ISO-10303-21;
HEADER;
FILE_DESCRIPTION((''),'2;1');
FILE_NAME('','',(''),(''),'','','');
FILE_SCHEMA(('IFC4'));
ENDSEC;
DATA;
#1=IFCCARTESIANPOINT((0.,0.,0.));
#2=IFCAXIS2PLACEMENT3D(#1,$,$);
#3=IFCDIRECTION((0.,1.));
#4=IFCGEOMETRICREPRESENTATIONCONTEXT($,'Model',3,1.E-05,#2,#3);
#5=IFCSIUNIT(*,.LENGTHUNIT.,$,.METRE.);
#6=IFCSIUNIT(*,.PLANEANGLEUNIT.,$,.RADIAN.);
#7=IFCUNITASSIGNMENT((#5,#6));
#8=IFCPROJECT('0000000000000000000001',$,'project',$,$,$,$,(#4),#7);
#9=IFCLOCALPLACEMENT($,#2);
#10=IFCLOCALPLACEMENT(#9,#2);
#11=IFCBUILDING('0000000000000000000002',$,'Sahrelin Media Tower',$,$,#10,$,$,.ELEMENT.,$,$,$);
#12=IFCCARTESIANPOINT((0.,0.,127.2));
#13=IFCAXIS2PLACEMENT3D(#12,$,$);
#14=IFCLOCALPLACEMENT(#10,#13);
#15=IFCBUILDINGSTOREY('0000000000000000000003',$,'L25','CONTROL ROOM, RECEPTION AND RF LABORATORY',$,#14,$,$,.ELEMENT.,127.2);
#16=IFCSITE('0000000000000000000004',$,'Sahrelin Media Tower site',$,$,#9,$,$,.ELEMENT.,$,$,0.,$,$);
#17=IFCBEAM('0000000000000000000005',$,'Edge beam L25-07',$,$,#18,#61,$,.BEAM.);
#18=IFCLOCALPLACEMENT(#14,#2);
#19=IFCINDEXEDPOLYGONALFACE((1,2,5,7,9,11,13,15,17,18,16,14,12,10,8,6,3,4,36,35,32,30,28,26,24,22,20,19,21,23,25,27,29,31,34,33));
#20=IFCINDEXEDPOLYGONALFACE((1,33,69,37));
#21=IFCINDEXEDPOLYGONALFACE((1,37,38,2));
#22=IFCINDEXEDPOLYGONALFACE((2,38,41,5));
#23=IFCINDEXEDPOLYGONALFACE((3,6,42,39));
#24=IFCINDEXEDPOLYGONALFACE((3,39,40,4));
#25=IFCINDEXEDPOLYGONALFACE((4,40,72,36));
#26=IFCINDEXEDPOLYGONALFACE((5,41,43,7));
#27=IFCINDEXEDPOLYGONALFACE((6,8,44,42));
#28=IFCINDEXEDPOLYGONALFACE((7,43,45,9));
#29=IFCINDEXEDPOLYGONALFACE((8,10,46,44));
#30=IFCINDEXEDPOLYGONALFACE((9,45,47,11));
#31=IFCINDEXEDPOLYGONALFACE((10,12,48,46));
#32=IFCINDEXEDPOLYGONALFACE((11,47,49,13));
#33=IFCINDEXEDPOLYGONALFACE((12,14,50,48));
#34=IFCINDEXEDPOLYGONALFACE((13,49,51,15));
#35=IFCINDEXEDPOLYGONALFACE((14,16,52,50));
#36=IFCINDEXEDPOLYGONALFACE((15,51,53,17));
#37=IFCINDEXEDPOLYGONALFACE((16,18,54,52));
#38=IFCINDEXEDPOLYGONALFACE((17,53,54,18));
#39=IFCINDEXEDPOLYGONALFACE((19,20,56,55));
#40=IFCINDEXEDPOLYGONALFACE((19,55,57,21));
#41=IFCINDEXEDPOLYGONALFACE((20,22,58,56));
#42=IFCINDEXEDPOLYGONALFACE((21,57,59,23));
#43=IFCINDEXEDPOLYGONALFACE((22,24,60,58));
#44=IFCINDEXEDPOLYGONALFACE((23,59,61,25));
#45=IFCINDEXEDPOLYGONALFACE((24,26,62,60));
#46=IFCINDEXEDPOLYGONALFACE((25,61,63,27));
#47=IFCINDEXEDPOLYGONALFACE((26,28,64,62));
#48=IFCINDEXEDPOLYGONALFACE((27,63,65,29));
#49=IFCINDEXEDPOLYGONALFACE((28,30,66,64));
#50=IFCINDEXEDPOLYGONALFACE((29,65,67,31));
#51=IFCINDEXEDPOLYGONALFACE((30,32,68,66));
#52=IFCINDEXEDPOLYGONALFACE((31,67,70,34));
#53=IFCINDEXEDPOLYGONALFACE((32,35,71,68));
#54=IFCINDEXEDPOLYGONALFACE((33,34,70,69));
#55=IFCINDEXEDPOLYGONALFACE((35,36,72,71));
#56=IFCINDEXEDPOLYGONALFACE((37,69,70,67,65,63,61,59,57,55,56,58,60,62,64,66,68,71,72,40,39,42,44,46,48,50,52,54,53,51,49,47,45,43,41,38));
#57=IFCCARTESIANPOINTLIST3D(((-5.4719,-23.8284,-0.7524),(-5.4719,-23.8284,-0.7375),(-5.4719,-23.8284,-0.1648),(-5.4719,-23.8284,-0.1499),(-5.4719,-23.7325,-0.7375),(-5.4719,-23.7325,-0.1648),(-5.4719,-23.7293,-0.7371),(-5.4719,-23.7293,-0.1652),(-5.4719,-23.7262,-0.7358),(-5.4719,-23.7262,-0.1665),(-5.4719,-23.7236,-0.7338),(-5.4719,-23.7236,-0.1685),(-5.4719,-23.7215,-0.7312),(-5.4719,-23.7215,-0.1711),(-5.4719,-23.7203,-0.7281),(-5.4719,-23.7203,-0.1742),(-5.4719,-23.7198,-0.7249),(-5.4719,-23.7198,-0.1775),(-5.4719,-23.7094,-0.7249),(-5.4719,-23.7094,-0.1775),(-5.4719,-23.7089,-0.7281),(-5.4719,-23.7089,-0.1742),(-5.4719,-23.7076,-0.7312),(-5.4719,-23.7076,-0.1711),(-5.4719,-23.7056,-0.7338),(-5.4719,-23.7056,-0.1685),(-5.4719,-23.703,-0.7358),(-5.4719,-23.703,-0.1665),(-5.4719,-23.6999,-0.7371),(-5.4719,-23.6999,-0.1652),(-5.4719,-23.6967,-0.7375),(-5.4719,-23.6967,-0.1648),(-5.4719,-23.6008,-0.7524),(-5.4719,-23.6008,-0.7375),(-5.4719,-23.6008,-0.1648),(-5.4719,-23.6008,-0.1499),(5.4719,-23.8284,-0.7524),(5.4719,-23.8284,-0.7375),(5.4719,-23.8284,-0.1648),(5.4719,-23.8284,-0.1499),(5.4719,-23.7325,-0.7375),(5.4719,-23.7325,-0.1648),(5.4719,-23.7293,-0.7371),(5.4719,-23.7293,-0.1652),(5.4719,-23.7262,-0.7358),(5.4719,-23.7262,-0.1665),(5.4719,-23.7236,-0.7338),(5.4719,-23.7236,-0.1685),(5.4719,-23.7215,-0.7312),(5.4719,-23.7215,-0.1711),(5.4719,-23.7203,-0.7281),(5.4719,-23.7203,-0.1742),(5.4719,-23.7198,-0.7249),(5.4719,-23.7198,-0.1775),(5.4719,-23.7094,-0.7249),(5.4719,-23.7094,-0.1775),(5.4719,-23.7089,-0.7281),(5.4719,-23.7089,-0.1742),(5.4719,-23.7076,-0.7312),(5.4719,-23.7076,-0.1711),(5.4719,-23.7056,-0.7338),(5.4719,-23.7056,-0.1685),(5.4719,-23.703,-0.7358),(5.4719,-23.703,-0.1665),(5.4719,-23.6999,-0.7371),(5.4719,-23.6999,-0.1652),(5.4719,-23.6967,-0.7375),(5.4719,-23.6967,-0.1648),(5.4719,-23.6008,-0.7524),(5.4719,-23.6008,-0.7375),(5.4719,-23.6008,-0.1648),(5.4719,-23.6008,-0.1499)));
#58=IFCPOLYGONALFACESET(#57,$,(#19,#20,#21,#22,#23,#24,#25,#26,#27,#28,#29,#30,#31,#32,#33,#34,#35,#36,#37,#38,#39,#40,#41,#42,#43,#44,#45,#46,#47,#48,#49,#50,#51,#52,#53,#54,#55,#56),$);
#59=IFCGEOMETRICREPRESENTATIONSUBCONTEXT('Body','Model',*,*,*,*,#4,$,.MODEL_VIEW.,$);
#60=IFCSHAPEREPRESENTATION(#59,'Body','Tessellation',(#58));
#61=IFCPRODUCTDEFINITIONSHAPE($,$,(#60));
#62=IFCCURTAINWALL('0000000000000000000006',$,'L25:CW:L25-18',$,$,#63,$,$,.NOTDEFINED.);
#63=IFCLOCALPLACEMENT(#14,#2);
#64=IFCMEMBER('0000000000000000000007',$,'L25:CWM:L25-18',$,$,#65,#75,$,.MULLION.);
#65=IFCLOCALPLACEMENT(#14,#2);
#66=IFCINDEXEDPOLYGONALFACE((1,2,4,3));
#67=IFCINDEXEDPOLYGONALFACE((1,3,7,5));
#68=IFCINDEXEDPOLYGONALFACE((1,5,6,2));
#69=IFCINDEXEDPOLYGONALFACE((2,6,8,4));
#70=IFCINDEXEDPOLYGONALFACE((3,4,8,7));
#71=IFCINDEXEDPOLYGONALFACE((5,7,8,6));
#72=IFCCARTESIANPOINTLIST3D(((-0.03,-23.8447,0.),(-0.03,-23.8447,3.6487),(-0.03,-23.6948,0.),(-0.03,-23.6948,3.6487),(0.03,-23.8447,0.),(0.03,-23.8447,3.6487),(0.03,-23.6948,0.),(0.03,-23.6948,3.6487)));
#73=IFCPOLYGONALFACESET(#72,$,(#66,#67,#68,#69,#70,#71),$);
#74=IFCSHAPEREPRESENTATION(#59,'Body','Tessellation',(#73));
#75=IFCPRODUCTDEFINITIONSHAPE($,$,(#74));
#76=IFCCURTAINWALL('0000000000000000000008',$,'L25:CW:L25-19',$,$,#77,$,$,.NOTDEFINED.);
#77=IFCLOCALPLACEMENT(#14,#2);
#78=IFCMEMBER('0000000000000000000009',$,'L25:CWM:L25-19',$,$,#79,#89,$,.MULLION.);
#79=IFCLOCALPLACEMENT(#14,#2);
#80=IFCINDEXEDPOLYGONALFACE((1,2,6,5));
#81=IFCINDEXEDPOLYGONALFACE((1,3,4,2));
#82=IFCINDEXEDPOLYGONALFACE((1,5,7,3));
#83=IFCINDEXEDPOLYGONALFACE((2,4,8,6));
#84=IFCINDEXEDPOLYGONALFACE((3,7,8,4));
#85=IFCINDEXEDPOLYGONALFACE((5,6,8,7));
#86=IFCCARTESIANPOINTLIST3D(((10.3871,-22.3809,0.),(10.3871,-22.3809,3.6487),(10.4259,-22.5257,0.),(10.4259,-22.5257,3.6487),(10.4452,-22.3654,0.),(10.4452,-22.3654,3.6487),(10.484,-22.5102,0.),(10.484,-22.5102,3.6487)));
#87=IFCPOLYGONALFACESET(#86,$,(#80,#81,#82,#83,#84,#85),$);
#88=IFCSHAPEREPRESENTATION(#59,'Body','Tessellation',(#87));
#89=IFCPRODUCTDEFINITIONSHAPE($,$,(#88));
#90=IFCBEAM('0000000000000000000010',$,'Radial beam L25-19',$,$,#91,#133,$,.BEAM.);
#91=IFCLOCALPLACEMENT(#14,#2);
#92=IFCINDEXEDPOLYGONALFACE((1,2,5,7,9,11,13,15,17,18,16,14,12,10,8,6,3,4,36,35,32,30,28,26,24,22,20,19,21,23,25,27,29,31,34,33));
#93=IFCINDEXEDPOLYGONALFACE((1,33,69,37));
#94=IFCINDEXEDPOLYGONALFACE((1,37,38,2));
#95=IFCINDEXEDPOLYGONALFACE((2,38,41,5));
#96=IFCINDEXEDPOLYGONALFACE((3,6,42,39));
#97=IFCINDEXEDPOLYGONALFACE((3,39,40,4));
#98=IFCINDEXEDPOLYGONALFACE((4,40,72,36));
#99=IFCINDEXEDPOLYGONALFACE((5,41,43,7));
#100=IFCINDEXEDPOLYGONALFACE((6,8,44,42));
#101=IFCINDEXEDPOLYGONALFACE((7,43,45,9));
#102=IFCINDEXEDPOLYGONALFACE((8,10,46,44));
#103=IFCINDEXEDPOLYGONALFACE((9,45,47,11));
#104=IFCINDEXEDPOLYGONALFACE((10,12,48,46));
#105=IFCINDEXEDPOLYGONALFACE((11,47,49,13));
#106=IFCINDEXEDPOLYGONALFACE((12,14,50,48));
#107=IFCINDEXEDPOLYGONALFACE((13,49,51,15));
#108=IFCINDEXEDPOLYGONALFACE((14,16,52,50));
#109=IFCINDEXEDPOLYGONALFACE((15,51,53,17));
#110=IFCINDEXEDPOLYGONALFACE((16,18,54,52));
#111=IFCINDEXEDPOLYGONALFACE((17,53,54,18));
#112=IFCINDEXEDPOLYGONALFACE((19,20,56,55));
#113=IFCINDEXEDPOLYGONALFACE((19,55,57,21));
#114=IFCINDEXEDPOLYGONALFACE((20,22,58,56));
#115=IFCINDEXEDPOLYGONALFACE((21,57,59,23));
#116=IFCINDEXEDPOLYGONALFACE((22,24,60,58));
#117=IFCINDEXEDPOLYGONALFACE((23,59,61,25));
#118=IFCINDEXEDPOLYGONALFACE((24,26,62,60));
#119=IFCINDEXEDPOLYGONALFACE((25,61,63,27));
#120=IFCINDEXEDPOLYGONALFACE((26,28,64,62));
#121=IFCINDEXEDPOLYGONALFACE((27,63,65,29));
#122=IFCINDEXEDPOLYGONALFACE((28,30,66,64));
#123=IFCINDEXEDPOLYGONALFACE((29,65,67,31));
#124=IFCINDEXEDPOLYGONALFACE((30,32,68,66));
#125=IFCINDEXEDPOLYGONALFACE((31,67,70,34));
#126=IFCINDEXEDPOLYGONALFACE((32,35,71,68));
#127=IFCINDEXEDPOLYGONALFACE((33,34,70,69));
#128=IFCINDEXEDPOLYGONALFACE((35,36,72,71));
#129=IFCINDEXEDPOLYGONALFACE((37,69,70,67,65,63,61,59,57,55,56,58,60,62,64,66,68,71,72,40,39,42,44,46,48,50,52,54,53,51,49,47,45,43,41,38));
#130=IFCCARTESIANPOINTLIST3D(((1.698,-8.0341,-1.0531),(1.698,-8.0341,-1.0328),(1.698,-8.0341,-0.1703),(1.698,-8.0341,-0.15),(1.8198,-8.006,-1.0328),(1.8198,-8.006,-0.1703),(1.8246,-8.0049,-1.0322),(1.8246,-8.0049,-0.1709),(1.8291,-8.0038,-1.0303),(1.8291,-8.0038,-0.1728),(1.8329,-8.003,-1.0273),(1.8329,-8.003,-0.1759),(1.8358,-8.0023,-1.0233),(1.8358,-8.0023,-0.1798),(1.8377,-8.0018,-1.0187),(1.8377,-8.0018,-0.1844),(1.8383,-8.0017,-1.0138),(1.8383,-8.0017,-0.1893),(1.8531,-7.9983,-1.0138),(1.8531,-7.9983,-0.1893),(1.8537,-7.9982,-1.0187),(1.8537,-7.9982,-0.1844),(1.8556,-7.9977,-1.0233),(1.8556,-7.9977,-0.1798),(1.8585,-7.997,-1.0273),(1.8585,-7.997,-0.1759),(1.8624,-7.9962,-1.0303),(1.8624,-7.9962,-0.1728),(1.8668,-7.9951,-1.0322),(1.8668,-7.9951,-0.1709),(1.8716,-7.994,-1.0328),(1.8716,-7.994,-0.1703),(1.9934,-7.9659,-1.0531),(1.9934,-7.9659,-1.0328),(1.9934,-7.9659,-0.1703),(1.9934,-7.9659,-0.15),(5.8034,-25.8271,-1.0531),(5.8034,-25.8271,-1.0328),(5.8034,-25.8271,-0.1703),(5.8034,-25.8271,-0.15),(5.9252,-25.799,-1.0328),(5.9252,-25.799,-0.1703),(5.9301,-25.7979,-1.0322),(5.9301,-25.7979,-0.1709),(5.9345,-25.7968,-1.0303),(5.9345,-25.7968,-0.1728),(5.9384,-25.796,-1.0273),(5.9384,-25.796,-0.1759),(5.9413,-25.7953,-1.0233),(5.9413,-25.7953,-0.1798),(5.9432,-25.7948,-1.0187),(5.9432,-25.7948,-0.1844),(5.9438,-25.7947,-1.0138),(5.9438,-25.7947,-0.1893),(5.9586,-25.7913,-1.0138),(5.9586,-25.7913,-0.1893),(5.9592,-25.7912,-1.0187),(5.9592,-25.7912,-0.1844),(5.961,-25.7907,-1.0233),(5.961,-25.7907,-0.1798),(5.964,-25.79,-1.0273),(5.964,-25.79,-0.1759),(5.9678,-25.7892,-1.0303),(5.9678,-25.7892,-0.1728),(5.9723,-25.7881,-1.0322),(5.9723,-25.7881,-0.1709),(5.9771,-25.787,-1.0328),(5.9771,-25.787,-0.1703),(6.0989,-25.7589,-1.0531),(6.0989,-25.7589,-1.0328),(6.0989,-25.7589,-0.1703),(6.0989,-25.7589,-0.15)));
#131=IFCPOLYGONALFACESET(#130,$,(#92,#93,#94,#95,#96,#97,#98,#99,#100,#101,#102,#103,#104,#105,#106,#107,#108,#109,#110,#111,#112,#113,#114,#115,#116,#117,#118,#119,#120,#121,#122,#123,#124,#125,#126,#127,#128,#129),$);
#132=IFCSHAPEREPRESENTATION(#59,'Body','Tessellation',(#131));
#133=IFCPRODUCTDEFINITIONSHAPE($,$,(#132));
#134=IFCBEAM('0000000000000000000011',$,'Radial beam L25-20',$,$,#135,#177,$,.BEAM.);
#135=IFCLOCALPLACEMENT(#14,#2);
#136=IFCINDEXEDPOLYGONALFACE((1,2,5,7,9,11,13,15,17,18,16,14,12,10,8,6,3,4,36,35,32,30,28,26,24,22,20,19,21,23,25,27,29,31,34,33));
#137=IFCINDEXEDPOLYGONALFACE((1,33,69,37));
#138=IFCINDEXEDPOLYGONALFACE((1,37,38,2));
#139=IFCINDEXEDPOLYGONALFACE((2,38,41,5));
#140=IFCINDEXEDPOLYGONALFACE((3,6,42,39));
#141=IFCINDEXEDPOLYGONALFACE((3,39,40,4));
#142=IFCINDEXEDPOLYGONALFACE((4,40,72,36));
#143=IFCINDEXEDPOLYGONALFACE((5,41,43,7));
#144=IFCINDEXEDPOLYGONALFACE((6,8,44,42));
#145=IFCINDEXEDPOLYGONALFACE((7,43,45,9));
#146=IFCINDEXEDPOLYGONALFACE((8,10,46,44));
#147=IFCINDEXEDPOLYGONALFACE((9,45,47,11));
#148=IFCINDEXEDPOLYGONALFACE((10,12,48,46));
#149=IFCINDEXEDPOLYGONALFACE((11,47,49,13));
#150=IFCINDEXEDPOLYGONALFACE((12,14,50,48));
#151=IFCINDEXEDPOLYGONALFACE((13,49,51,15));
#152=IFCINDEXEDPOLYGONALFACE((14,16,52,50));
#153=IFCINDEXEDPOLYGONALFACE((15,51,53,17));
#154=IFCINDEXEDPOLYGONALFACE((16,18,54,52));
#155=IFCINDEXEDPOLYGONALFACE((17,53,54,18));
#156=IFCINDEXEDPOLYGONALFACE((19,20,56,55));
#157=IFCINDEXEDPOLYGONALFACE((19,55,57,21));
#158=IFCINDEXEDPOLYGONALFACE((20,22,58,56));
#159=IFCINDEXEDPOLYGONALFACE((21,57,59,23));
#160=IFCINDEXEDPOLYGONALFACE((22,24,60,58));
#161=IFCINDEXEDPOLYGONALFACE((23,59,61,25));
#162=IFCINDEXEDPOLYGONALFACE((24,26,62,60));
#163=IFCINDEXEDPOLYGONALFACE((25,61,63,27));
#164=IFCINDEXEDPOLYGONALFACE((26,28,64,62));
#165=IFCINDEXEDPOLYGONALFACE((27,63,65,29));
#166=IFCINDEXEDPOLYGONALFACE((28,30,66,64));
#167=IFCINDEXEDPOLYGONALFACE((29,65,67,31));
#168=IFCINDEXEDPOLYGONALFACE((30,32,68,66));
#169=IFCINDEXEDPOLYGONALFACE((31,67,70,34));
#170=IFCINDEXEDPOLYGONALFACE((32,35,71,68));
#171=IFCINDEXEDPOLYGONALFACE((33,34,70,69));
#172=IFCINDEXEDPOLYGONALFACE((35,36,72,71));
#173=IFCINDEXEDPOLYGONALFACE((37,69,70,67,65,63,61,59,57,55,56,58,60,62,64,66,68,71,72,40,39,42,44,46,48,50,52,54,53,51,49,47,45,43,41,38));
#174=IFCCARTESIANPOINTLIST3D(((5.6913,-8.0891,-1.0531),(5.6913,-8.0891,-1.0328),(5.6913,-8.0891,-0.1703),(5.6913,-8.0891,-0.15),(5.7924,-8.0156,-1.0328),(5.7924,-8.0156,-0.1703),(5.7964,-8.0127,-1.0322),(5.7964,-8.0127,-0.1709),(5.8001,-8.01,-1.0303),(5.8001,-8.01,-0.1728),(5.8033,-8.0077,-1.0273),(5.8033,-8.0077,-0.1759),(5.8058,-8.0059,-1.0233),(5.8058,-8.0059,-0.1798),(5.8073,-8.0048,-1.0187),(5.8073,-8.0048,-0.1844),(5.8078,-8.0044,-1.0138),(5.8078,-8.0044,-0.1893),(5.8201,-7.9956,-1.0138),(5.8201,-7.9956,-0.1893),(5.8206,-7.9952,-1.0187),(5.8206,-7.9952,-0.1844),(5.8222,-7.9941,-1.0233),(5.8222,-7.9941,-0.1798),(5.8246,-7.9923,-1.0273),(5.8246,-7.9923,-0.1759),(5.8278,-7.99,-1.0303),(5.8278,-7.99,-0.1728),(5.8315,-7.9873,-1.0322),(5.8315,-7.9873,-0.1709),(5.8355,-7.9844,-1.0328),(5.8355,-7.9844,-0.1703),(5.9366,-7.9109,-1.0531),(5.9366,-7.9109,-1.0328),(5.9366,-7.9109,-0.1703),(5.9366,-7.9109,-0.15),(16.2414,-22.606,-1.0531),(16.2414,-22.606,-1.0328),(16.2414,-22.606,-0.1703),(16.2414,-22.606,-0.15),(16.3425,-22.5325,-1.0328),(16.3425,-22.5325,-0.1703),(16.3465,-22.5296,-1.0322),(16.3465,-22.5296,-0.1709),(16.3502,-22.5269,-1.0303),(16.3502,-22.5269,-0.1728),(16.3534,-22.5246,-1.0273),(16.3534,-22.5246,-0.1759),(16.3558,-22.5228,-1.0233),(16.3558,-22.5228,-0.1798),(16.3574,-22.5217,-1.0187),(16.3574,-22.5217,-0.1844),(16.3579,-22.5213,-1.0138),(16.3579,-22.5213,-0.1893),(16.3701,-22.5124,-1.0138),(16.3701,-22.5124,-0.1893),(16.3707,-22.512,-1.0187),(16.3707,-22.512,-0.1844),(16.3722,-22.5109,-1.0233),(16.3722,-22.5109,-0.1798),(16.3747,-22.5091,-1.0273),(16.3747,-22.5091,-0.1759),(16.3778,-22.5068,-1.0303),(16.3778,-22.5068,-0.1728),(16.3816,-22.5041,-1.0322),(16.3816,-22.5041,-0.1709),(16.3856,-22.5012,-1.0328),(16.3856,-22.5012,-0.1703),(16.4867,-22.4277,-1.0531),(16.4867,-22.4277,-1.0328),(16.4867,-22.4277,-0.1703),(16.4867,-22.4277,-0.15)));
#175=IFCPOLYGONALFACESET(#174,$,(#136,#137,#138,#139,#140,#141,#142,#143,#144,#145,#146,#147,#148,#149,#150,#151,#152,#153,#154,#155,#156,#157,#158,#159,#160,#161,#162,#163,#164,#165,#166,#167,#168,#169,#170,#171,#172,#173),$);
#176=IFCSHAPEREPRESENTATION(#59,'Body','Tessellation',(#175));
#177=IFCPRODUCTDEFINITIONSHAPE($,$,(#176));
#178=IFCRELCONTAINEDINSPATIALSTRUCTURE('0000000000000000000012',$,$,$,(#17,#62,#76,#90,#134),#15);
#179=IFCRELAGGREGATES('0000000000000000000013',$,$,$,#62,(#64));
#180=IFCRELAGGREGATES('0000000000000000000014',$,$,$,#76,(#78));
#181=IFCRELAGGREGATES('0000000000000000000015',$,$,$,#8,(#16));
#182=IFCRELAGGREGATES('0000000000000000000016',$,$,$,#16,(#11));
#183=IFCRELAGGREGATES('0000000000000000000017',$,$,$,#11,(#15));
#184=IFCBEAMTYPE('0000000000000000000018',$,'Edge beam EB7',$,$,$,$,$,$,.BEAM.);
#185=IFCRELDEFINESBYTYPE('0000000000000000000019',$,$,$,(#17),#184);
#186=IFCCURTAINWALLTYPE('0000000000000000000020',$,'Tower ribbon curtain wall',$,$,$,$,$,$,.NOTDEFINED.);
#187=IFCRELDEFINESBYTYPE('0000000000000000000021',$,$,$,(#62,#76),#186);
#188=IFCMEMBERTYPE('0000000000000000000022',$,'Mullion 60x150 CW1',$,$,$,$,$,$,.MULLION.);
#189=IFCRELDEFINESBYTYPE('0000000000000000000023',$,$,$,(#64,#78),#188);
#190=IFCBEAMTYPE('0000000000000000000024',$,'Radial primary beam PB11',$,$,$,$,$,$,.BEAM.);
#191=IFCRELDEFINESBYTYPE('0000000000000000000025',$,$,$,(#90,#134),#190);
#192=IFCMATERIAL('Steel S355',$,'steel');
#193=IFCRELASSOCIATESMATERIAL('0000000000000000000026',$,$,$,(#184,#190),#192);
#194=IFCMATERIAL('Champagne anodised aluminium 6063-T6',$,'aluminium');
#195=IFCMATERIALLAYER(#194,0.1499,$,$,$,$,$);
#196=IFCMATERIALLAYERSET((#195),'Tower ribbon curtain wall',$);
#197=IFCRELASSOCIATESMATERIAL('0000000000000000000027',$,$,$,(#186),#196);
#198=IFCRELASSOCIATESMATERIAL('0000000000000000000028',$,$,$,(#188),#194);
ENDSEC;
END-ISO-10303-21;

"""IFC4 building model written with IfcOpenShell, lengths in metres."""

from ifc_helpers import new_model, si_unit, direction, frame, origin, origin_2d, place, context, subcontext, project, spatial, rectangle, i_section, extrude, material, layer, layer_set, material_profile, profile_set, type_object, element, aggregate, save


model = new_model("IFC4")

# Units and contexts
model_context = context("Model", 3, precision=1e-05, world=origin(), true_north=direction((0.0, 1.0)))
body_context = subcontext(model_context, "Body", "Model", "MODEL_VIEW")
ifc_project = project(units=[si_unit("LENGTHUNIT", "METRE"), si_unit("PLANEANGLEUNIT", "RADIAN")], contexts=[model_context])

# Site, building, storey
site_placement = place(None, origin())
site = spatial("IfcSite", under=ifc_project, at=site_placement, Name="Sahrelin Media Tower site", CompositionType="ELEMENT", RefElevation=0.0)
building_placement = place(site_placement, origin())
building = spatial("IfcBuilding", under=site, at=building_placement, Name="Sahrelin Media Tower", CompositionType="ELEMENT")
storey_placement = place(building_placement, frame((0.0, 0.0, 127.2)))
storey = spatial("IfcBuildingStorey", under=building, at=storey_placement, Name="L25", Description="CONTROL ROOM, RECEPTION AND RF LABORATORY", CompositionType="ELEMENT", Elevation=127.2)

# Beam
ifc_material_1 = material(Name="Steel S355", Category="steel")
ifc_material_profile_1 = material_profile(ifc_material_1, i_section(OverallWidth=0.2275, OverallDepth=0.6025, WebThickness=0.0105, FlangeThickness=0.0149, FilletRadius=0.0127, at=origin_2d()), Name="UB 610x229x101")
ifc_profile_set_1 = profile_set([ifc_material_profile_1], Name="Steel S355")
beam_type_1 = type_object("IfcBeamType", Name="Edge beam EB7", PredefinedType="BEAM", material=ifc_profile_set_1)
beam_1_placement = place(storey_placement, frame((5.4719, -23.7146, -0.4512), z_axis=(-1.0, 0.0, 0.0), x_axis=(0.0, -1.0, 0.0)))
element("IfcBeam", 1, at=beam_1_placement, inside=storey, type_object=beam_type_1, Name="Edge beam L25-07", PredefinedType="BEAM", context=body_context, shape_type="SweptSolid", body=[
    extrude(i_section(OverallWidth=0.2275, OverallDepth=0.6025, WebThickness=0.0105, FlangeThickness=0.0149, FilletRadius=0.0127, at=origin_2d()), origin(), (0.0, 0.0, 1.0), 10.9438),
])

# Curtain walls, members
ifc_material_2 = material(Name="Champagne anodised aluminium 6063-T6", Category="aluminium")
ifc_layer_1 = layer(ifc_material_2, 0.1499)
ifc_layer_set_1 = layer_set([ifc_layer_1], Name="Tower ribbon curtain wall")
curtain_wall_type = type_object("IfcCurtainWallType", Name="Tower ribbon curtain wall", PredefinedType="NOTDEFINED", material=ifc_layer_set_1)
curtain_wall_1_placement = place(storey_placement, frame((0.0, -23.8647, 0.0), z_axis=(0.0, 0.0, 1.0), x_axis=(1.0, 0.0, 0.0)))
curtain_wall_1 = element("IfcCurtainWall", 2, at=curtain_wall_1_placement, inside=storey, type_object=curtain_wall_type, Name="L25:CW:L25-18", PredefinedType="NOTDEFINED")
ifc_material_profile_2 = material_profile(ifc_material_2, rectangle(XDim=0.0601, YDim=0.1499, at=origin_2d()), Name="Mullion 60x150")
ifc_profile_set_2 = profile_set([ifc_material_profile_2], Name="Champagne anodised aluminium 6063-T6")
member_type_1 = type_object("IfcMemberType", Name="Mullion 60x150 CW1", PredefinedType="MULLION", material=ifc_profile_set_2)
member_1_placement = place(storey_placement, frame((0.0, -23.7698, 0.0), z_axis=(0.0, 0.0, 1.0), x_axis=(1.0, 0.0, 0.0)))
member_1 = element("IfcMember", 3, at=member_1_placement, type_object=member_type_1, Name="L25:CWM:L25-18", PredefinedType="MULLION", context=body_context, shape_type="SweptSolid", body=[
    extrude(rectangle(XDim=0.0601, YDim=0.1499, at=origin_2d()), origin(), (0.0, 0.0, 1.0), 3.6487),
])
aggregate(curtain_wall_1, [member_1])
curtain_wall_2_placement = place(storey_placement, frame((10.4602, -22.5374, 0.0), z_axis=(0.0, 0.0, 1.0), x_axis=(1.0, 0.0, 0.0)))
curtain_wall_2 = element("IfcCurtainWall", 4, at=curtain_wall_2_placement, inside=storey, type_object=curtain_wall_type, Name="L25:CW:L25-19", PredefinedType="NOTDEFINED")
member_2_placement = place(storey_placement, frame((10.4355, -22.4456, 0.0), z_axis=(0.0, 0.0, 1.0), x_axis=(0.965924, 0.258824, 0.0)))
member_2 = element("IfcMember", 5, at=member_2_placement, type_object=member_type_1, Name="L25:CWM:L25-19", PredefinedType="MULLION", context=body_context, shape_type="SweptSolid", body=[
    extrude(rectangle(XDim=0.0601, YDim=0.1499, at=origin_2d()), origin(), (0.0, 0.0, 1.0), 3.6487),
])

# Beams
ifc_material_profile_3 = material_profile(ifc_material_1, i_section(OverallWidth=0.3032, OverallDepth=0.9031, WebThickness=0.0151, FlangeThickness=0.0203, FilletRadius=0.019, at=origin_2d()), Name="UB 914x305x201")
ifc_profile_set_3 = profile_set([ifc_material_profile_3], Name="Steel S355")
beam_type_2 = type_object("IfcBeamType", Name="Radial primary beam PB11", PredefinedType="BEAM", material=ifc_profile_set_3)
beam_2_placement = place(storey_placement, frame((1.8457, -8.0, -0.6016), z_axis=(0.224828, -0.974398, 0.0), x_axis=(0.974398, 0.224828, 0.0)))
element("IfcBeam", 6, at=beam_2_placement, inside=storey, type_object=beam_type_2, Name="Radial beam L25-19", PredefinedType="BEAM", context=body_context, shape_type="SweptSolid", body=[
    extrude(i_section(OverallWidth=0.3032, OverallDepth=0.9031, WebThickness=0.0151, FlangeThickness=0.0203, FilletRadius=0.019, at=origin_2d()), origin(), (0.0, 0.0, 1.0), 18.2605),
])
beam_3_placement = place(storey_placement, frame((5.814, -8.0, -0.6016), z_axis=(0.587893, -0.808939, 0.0), x_axis=(0.808939, 0.587893, 0.0)))
element("IfcBeam", 7, at=beam_3_placement, inside=storey, type_object=beam_type_2, Name="Radial beam L25-20", PredefinedType="BEAM", context=body_context, shape_type="SweptSolid", body=[
    extrude(i_section(OverallWidth=0.3032, OverallDepth=0.9031, WebThickness=0.0151, FlangeThickness=0.0203, FilletRadius=0.019, at=origin_2d()), origin(), (0.0, 0.0, 1.0), 17.9456),
])

aggregate(curtain_wall_2, [member_2])

save(model, "model.ifc")
